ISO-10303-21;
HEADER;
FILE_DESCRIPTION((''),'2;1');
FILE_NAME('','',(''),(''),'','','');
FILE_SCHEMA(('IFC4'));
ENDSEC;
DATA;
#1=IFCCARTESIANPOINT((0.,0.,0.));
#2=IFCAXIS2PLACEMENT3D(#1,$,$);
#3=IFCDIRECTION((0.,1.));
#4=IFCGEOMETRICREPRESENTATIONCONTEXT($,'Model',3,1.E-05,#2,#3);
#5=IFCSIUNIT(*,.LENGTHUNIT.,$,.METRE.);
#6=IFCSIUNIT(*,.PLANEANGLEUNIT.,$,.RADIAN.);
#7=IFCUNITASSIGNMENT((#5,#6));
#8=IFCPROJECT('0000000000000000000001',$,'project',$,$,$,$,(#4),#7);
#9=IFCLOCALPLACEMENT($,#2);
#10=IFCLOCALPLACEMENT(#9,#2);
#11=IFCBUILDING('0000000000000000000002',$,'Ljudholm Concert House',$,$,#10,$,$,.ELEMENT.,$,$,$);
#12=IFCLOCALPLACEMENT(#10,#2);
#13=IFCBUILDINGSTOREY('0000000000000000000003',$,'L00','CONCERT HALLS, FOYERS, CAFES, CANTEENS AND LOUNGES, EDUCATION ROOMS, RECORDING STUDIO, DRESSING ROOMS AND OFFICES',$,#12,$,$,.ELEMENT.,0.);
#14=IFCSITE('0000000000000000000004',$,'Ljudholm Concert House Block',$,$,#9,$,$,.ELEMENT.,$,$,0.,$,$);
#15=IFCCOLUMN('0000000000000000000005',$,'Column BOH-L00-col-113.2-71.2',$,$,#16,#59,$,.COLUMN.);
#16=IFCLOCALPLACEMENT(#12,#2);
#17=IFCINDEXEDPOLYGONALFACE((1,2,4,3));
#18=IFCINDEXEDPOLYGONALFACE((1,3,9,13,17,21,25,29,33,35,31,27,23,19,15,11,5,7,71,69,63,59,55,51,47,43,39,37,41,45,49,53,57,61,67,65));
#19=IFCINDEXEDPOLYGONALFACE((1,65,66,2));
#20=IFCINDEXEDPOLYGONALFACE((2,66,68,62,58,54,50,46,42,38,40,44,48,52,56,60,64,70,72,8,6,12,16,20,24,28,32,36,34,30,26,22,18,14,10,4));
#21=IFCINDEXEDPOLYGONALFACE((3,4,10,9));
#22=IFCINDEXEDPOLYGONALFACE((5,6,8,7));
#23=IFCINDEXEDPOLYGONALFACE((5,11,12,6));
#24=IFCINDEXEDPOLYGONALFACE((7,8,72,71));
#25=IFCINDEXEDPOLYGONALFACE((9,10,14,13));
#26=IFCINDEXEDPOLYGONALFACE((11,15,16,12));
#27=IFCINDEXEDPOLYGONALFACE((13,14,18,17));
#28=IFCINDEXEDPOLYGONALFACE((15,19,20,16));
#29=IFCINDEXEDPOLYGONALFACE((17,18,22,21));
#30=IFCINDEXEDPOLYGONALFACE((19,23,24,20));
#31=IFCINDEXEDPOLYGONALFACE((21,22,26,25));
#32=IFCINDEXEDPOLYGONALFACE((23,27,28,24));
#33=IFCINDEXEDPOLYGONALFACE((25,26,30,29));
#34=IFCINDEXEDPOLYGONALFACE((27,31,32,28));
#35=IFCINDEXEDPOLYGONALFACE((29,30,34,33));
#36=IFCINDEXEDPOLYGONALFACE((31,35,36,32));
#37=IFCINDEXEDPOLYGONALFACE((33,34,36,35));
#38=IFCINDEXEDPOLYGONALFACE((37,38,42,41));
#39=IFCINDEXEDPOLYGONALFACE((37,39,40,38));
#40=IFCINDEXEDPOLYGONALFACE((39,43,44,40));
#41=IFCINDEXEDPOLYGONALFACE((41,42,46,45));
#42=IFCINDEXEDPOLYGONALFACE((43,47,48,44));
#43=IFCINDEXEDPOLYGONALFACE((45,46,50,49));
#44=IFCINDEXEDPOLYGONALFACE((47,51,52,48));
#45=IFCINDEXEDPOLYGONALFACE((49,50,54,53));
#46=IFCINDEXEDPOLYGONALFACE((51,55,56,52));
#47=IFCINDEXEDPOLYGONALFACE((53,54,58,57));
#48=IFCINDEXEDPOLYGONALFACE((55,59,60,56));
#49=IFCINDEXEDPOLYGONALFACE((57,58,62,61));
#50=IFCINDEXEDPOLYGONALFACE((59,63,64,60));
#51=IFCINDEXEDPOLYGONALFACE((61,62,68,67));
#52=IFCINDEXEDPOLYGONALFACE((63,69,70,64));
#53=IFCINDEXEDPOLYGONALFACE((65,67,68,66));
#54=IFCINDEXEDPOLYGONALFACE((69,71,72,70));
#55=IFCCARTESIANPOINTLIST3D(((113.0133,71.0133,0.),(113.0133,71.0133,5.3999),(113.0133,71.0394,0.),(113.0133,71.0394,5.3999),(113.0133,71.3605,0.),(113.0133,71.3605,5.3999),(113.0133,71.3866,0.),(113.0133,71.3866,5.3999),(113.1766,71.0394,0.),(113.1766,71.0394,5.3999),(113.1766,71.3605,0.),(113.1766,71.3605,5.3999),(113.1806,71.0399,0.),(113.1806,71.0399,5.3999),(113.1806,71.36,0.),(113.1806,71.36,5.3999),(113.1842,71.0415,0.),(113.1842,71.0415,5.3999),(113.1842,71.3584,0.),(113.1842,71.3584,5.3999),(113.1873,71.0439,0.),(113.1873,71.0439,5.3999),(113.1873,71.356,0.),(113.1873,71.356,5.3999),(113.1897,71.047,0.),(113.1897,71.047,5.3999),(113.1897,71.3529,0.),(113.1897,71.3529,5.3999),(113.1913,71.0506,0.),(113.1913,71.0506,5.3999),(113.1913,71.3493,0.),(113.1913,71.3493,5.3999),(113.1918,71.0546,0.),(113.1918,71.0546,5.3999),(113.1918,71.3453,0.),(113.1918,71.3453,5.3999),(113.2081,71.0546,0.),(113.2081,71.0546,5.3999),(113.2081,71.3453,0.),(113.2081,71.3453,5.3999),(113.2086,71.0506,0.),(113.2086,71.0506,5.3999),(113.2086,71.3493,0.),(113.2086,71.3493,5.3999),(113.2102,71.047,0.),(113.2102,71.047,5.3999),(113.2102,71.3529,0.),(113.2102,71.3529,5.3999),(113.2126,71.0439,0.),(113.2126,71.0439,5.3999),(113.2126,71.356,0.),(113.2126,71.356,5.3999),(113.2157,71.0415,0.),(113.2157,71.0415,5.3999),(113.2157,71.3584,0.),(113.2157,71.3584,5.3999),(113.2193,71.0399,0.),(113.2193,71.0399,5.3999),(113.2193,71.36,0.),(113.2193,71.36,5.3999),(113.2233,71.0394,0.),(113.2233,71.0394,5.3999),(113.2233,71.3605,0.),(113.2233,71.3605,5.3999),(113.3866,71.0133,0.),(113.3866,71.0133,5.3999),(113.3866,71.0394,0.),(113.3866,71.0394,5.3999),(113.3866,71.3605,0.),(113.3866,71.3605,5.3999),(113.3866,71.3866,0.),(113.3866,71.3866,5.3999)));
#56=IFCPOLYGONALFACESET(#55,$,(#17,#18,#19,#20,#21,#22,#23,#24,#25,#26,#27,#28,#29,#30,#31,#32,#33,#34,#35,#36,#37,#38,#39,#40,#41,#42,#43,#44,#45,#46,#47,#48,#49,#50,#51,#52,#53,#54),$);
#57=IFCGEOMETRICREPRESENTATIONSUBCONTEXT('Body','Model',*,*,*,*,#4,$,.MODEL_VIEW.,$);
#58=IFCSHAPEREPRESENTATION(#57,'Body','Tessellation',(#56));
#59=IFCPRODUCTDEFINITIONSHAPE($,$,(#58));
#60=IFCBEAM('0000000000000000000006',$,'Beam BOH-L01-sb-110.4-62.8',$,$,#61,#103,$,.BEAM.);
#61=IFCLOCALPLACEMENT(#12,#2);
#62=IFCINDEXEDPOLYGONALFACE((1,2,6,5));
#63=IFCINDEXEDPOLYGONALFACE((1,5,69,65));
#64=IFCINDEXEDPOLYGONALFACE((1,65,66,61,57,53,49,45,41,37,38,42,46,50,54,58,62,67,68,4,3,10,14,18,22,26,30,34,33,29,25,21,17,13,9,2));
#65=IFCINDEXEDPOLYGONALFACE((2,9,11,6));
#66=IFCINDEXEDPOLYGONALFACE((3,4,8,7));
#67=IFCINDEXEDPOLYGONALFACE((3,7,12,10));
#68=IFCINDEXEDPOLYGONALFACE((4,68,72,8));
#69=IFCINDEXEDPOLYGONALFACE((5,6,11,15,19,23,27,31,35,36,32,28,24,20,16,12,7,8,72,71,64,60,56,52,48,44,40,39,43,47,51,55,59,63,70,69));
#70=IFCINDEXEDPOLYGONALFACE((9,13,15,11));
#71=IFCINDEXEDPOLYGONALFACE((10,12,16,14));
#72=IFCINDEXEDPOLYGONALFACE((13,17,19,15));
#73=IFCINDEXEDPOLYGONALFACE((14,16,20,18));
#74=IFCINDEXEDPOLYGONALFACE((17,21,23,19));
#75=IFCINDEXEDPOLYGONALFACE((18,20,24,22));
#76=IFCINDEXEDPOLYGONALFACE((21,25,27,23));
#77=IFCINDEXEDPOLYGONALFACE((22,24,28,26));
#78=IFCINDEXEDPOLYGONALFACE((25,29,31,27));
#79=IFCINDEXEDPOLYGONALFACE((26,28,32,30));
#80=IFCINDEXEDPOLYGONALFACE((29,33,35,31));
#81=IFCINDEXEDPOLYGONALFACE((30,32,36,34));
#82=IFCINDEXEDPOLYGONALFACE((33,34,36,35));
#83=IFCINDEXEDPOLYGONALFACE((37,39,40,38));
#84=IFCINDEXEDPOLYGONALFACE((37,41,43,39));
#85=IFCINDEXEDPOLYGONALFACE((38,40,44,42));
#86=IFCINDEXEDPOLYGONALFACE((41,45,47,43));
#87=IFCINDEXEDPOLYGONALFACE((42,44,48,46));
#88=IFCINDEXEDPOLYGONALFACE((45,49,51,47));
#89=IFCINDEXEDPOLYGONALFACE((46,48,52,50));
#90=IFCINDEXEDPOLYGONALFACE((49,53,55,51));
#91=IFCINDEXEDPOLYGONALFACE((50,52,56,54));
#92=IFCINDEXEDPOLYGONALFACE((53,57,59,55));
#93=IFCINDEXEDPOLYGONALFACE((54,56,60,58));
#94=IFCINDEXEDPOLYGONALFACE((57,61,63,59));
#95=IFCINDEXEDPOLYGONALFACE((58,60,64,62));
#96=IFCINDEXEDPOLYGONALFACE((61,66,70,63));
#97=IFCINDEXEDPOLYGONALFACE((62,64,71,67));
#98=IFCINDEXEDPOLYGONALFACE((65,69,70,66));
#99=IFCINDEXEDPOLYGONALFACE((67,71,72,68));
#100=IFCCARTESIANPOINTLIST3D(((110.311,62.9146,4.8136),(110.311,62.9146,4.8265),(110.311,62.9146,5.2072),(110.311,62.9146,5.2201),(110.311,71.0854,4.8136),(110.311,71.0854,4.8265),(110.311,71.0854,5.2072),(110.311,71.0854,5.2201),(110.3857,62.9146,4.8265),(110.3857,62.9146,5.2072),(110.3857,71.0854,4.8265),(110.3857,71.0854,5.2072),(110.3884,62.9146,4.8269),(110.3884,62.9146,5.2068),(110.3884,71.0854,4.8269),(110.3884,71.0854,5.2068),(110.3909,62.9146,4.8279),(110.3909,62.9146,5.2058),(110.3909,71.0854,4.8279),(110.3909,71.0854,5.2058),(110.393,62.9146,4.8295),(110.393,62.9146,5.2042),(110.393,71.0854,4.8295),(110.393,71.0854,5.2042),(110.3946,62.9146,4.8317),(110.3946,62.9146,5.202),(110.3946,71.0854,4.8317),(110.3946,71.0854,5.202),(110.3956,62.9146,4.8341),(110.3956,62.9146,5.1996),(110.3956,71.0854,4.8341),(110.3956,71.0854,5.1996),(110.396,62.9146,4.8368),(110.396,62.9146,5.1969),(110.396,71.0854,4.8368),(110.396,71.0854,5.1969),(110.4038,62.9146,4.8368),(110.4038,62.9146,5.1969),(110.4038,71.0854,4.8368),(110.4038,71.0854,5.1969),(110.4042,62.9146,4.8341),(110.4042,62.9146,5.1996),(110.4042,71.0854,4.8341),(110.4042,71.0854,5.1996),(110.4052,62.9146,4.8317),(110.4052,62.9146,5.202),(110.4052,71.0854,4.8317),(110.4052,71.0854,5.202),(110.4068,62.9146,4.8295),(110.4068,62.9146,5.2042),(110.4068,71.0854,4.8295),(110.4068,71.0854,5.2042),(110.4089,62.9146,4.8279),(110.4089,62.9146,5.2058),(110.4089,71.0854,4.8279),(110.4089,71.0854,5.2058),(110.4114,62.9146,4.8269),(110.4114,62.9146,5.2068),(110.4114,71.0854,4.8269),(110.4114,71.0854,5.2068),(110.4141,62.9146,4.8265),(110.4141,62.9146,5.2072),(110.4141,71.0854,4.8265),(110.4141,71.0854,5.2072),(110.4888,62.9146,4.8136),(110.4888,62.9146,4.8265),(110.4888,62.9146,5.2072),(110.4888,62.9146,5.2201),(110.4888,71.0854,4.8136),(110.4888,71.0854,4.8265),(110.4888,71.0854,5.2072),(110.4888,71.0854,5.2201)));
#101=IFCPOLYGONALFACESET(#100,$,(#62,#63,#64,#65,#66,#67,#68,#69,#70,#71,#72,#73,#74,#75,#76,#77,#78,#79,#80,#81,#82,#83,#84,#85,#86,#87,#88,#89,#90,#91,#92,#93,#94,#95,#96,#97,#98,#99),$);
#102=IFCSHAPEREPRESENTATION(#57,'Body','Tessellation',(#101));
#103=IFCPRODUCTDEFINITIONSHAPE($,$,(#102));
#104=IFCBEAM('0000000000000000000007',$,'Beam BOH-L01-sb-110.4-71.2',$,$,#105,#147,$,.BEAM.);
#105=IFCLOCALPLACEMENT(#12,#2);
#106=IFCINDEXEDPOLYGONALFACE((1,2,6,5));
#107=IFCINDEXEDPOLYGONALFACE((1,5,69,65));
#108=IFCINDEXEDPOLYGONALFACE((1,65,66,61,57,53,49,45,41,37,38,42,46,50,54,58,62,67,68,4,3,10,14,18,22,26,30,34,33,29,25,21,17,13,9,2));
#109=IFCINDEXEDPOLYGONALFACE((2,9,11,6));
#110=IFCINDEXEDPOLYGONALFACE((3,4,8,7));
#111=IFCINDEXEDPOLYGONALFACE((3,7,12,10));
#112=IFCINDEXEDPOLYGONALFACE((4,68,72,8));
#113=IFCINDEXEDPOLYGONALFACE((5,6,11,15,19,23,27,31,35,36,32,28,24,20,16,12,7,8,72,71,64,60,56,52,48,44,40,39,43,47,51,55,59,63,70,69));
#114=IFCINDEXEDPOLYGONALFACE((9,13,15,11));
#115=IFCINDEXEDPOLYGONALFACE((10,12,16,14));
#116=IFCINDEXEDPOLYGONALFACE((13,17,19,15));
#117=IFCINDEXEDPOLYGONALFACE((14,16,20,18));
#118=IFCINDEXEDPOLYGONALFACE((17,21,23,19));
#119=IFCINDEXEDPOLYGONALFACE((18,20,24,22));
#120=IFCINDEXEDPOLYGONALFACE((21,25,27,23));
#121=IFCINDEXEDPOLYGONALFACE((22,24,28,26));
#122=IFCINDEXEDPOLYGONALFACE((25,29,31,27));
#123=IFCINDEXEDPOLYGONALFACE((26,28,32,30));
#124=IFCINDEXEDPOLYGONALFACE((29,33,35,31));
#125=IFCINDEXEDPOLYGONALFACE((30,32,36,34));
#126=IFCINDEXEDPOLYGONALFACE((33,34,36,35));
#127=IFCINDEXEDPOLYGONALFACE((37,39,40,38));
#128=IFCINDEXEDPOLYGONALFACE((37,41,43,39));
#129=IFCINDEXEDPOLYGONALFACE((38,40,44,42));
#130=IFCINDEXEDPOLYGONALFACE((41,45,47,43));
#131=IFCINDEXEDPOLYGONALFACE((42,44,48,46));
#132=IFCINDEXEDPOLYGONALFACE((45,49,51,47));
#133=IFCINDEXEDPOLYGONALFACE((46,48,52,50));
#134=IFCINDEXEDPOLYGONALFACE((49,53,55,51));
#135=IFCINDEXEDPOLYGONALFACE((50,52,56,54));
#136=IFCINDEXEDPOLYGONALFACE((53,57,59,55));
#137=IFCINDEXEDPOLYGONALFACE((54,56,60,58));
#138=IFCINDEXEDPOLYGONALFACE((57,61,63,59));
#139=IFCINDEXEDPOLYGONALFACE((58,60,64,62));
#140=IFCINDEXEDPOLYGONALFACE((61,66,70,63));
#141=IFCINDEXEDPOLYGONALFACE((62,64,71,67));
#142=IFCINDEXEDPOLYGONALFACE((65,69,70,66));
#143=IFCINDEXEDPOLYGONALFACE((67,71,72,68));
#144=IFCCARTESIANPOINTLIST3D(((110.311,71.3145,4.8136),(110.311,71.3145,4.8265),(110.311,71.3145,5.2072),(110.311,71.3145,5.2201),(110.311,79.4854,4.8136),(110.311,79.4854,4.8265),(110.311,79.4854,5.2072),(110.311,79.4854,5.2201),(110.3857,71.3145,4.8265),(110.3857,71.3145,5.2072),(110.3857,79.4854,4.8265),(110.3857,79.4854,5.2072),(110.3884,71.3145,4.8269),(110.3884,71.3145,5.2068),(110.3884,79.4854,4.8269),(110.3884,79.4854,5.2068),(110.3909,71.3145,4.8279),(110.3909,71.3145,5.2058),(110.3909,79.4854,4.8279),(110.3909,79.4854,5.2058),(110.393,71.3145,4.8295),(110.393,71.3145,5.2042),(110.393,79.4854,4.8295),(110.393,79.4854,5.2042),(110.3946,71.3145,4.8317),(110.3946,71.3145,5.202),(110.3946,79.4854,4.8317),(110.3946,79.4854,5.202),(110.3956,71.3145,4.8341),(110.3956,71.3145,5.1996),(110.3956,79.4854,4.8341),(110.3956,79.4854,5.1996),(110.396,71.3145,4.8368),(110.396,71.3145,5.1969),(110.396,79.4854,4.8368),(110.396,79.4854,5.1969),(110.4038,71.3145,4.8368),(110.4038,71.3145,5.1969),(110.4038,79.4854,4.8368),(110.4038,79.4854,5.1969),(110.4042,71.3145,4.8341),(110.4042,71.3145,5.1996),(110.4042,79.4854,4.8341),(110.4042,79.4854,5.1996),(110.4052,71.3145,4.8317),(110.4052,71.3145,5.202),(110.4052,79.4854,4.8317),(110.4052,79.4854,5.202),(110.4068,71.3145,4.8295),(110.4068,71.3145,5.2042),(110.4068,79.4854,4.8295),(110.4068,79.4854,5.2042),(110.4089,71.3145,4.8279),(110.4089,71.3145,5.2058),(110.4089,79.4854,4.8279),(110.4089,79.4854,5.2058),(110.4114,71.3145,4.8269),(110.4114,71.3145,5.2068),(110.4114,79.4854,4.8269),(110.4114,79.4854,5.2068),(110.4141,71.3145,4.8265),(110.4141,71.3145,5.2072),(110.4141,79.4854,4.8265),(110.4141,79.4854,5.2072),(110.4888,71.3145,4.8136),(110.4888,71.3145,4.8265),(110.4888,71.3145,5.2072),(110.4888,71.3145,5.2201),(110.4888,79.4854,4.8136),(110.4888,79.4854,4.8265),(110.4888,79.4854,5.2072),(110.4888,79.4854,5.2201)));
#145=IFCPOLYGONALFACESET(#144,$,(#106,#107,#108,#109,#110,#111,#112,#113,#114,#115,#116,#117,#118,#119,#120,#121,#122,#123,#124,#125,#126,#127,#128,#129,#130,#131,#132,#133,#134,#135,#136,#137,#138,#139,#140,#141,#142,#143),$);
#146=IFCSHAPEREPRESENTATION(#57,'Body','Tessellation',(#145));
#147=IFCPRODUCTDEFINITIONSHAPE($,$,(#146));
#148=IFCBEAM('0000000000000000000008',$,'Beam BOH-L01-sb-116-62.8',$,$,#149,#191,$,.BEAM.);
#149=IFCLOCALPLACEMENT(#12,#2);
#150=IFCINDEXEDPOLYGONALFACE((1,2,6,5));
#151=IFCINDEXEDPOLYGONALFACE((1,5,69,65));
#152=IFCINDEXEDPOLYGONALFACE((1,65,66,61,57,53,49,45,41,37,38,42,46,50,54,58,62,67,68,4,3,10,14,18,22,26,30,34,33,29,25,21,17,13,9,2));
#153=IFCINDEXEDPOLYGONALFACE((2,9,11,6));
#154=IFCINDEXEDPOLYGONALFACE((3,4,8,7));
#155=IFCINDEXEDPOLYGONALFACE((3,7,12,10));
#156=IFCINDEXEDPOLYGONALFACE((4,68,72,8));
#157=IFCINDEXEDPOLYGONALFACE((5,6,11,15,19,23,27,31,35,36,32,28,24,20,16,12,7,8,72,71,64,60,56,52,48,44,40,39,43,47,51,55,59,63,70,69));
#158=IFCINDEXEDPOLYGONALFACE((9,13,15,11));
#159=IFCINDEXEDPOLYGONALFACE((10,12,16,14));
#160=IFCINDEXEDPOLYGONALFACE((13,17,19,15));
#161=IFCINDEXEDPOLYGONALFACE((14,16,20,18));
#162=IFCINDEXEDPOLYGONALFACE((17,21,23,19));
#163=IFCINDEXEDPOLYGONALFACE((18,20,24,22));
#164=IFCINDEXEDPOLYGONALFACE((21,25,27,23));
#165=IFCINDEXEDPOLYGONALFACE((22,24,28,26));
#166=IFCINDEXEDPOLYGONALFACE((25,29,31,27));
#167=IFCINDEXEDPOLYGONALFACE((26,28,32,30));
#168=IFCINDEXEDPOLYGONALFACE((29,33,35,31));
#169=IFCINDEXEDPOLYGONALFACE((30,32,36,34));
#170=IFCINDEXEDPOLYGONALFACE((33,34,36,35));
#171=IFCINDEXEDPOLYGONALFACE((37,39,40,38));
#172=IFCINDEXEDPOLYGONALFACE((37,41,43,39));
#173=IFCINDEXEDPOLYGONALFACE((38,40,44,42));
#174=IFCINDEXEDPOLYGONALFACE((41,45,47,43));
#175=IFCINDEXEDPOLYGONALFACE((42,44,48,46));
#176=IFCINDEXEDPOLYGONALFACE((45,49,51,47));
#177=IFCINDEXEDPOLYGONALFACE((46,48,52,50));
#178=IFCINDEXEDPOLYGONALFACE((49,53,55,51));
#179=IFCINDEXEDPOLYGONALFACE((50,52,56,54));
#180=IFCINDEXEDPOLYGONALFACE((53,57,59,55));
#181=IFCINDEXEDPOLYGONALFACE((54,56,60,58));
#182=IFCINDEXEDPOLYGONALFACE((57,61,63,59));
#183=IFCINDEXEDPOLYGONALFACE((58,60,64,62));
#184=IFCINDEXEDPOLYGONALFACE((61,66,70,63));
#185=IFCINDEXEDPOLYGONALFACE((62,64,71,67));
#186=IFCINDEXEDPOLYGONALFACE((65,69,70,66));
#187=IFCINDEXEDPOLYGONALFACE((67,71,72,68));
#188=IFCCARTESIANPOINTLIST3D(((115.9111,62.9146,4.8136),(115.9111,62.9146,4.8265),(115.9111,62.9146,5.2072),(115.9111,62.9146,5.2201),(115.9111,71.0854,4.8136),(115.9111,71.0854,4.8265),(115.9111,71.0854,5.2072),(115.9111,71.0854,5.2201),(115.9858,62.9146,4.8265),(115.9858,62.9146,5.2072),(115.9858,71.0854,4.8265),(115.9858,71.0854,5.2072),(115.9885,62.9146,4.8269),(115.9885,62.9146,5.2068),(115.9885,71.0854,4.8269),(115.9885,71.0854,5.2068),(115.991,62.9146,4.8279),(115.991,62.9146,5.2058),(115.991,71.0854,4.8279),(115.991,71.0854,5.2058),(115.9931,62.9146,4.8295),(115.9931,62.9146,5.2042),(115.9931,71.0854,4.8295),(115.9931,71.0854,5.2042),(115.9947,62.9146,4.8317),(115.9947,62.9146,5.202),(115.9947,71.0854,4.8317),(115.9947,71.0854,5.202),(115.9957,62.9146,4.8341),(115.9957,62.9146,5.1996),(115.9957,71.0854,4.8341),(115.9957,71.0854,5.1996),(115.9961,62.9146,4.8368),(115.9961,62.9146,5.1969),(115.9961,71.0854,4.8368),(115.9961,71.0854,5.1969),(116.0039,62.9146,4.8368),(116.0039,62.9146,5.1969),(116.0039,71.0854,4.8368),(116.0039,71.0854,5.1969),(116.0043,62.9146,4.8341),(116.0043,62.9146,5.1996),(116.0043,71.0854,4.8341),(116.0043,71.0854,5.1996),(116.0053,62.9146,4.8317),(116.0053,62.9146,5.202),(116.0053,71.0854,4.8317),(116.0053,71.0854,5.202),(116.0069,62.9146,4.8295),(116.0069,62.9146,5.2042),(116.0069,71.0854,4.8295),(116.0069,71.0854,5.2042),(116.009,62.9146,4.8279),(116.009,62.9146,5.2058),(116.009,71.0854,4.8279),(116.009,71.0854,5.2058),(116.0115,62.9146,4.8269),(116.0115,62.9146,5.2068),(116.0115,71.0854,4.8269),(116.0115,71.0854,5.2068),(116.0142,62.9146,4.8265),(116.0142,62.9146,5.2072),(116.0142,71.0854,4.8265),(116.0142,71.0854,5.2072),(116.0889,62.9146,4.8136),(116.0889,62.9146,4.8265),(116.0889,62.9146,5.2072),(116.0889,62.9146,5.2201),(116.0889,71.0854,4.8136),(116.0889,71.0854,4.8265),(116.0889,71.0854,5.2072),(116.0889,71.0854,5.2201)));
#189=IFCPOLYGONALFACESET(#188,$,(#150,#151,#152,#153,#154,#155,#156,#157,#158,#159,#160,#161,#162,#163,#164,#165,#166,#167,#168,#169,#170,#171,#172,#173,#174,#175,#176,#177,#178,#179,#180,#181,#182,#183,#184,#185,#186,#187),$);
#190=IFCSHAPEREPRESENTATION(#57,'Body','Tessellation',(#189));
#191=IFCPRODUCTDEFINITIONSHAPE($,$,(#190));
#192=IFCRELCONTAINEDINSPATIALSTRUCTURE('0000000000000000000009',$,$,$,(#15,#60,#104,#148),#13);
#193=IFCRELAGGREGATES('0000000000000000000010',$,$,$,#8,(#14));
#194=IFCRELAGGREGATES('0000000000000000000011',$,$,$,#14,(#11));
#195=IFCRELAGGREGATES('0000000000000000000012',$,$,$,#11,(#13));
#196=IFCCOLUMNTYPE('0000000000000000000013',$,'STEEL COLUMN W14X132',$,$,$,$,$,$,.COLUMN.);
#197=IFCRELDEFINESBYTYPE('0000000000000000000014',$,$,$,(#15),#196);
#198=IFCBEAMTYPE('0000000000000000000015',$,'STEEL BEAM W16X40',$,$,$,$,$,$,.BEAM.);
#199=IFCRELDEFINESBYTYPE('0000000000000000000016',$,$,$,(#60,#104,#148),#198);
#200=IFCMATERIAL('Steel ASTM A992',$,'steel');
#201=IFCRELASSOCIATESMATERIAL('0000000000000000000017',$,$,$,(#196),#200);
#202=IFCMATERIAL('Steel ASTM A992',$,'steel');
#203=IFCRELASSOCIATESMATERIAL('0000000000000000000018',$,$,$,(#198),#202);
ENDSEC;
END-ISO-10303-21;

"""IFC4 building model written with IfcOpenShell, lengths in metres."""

from ifc_helpers import new_model, si_unit, direction, frame, origin, origin_2d, place, context, subcontext, project, spatial, i_section, extrude, material, material_profile, profile_set, type_object, element, save


model = new_model("IFC4")

# Units and contexts
model_context = context("Model", 3, precision=1e-05, world=origin(), true_north=direction((0.0, 1.0)))
body_context = subcontext(model_context, "Body", "Model", "MODEL_VIEW")
ifc_project = project(units=[si_unit("LENGTHUNIT", "METRE"), si_unit("PLANEANGLEUNIT", "RADIAN")], contexts=[model_context])

# Site, building, storey
site_placement = place(None, origin())
site = spatial("IfcSite", under=ifc_project, at=site_placement, Name="Ljudholm Concert House Block", CompositionType="ELEMENT", RefElevation=0.0)
building_placement = place(site_placement, origin())
building = spatial("IfcBuilding", under=site, at=building_placement, Name="Ljudholm Concert House", CompositionType="ELEMENT")
storey_placement = place(building_placement, origin())
storey = spatial("IfcBuildingStorey", under=building, at=storey_placement, Name="L00", Description="CONCERT HALLS, FOYERS, CAFES, CANTEENS AND LOUNGES, EDUCATION ROOMS, RECORDING STUDIO, DRESSING ROOMS AND OFFICES", CompositionType="ELEMENT", Elevation=0.0)

# Column
ifc_material_1 = material(Name="Steel ASTM A992", Category="steel")
ifc_material_profile_1 = material_profile(ifc_material_1, i_section(OverallWidth=0.3733, OverallDepth=0.3733, WebThickness=0.0164, FlangeThickness=0.0261, FilletRadius=0.0151, at=origin_2d()), Name="W14X132")
ifc_profile_set_1 = profile_set([ifc_material_profile_1], Name="Steel ASTM A992")
column_type = type_object("IfcColumnType", Name="STEEL COLUMN W14X132", PredefinedType="COLUMN", material=ifc_profile_set_1)
for number, where, z_axis, x_axis, name in (
    (1, (113.2, 71.2, 0.0), (0.0, 0.0, 1.0), (1.0, 0.0, 0.0), "Column BOH-L00-col-113.2-71.2"),
):
    element("IfcColumn", number, at=place(storey_placement, frame(where, z_axis=z_axis, x_axis=x_axis)), inside=storey, type_object=column_type, Name=name, PredefinedType="COLUMN", context=body_context, shape_type="SweptSolid", body=[
        extrude(i_section(OverallWidth=0.3733, OverallDepth=0.3733, WebThickness=0.0164, FlangeThickness=0.0261, FilletRadius=0.0151, at=origin_2d()), origin(), (0.0, 0.0, 1.0), 5.3999),
    ])

# Beams
ifc_material_2 = material(Name="Steel ASTM A992", Category="steel")
ifc_material_profile_2 = material_profile(ifc_material_2, i_section(OverallWidth=0.1777, OverallDepth=0.4065, WebThickness=0.0078, FlangeThickness=0.0129, FilletRadius=0.0103, at=origin_2d()), Name="W16X40")
ifc_profile_set_2 = profile_set([ifc_material_profile_2], Name="Steel ASTM A992")
beam_type_1 = type_object("IfcBeamType", Name="STEEL BEAM W16X40", PredefinedType="BEAM", material=ifc_profile_set_2)
for number, where, z_axis, x_axis, name in (
    (2, (110.3999, 62.9146, 5.0168), (0.0, 1.0, 0.0), (-1.0, 0.0, 0.0), "Beam BOH-L01-sb-110.4-62.8"),
    (3, (110.3999, 71.3145, 5.0168), (0.0, 1.0, 0.0), (-1.0, 0.0, 0.0), "Beam BOH-L01-sb-110.4-71.2"),
    (4, (116.0, 62.9146, 5.0168), (0.0, 1.0, 0.0), (-1.0, 0.0, 0.0), "Beam BOH-L01-sb-116-62.8"),
):
    element("IfcBeam", number, at=place(storey_placement, frame(where, z_axis=z_axis, x_axis=x_axis)), inside=storey, type_object=beam_type_1, Name=name, PredefinedType="BEAM", context=body_context, shape_type="SweptSolid", body=[
        extrude(i_section(OverallWidth=0.1777, OverallDepth=0.4065, WebThickness=0.0078, FlangeThickness=0.0129, FilletRadius=0.0103, at=origin_2d()), origin(), (0.0, 0.0, 1.0), 8.1709),
    ])

save(model, "model.ifc")
